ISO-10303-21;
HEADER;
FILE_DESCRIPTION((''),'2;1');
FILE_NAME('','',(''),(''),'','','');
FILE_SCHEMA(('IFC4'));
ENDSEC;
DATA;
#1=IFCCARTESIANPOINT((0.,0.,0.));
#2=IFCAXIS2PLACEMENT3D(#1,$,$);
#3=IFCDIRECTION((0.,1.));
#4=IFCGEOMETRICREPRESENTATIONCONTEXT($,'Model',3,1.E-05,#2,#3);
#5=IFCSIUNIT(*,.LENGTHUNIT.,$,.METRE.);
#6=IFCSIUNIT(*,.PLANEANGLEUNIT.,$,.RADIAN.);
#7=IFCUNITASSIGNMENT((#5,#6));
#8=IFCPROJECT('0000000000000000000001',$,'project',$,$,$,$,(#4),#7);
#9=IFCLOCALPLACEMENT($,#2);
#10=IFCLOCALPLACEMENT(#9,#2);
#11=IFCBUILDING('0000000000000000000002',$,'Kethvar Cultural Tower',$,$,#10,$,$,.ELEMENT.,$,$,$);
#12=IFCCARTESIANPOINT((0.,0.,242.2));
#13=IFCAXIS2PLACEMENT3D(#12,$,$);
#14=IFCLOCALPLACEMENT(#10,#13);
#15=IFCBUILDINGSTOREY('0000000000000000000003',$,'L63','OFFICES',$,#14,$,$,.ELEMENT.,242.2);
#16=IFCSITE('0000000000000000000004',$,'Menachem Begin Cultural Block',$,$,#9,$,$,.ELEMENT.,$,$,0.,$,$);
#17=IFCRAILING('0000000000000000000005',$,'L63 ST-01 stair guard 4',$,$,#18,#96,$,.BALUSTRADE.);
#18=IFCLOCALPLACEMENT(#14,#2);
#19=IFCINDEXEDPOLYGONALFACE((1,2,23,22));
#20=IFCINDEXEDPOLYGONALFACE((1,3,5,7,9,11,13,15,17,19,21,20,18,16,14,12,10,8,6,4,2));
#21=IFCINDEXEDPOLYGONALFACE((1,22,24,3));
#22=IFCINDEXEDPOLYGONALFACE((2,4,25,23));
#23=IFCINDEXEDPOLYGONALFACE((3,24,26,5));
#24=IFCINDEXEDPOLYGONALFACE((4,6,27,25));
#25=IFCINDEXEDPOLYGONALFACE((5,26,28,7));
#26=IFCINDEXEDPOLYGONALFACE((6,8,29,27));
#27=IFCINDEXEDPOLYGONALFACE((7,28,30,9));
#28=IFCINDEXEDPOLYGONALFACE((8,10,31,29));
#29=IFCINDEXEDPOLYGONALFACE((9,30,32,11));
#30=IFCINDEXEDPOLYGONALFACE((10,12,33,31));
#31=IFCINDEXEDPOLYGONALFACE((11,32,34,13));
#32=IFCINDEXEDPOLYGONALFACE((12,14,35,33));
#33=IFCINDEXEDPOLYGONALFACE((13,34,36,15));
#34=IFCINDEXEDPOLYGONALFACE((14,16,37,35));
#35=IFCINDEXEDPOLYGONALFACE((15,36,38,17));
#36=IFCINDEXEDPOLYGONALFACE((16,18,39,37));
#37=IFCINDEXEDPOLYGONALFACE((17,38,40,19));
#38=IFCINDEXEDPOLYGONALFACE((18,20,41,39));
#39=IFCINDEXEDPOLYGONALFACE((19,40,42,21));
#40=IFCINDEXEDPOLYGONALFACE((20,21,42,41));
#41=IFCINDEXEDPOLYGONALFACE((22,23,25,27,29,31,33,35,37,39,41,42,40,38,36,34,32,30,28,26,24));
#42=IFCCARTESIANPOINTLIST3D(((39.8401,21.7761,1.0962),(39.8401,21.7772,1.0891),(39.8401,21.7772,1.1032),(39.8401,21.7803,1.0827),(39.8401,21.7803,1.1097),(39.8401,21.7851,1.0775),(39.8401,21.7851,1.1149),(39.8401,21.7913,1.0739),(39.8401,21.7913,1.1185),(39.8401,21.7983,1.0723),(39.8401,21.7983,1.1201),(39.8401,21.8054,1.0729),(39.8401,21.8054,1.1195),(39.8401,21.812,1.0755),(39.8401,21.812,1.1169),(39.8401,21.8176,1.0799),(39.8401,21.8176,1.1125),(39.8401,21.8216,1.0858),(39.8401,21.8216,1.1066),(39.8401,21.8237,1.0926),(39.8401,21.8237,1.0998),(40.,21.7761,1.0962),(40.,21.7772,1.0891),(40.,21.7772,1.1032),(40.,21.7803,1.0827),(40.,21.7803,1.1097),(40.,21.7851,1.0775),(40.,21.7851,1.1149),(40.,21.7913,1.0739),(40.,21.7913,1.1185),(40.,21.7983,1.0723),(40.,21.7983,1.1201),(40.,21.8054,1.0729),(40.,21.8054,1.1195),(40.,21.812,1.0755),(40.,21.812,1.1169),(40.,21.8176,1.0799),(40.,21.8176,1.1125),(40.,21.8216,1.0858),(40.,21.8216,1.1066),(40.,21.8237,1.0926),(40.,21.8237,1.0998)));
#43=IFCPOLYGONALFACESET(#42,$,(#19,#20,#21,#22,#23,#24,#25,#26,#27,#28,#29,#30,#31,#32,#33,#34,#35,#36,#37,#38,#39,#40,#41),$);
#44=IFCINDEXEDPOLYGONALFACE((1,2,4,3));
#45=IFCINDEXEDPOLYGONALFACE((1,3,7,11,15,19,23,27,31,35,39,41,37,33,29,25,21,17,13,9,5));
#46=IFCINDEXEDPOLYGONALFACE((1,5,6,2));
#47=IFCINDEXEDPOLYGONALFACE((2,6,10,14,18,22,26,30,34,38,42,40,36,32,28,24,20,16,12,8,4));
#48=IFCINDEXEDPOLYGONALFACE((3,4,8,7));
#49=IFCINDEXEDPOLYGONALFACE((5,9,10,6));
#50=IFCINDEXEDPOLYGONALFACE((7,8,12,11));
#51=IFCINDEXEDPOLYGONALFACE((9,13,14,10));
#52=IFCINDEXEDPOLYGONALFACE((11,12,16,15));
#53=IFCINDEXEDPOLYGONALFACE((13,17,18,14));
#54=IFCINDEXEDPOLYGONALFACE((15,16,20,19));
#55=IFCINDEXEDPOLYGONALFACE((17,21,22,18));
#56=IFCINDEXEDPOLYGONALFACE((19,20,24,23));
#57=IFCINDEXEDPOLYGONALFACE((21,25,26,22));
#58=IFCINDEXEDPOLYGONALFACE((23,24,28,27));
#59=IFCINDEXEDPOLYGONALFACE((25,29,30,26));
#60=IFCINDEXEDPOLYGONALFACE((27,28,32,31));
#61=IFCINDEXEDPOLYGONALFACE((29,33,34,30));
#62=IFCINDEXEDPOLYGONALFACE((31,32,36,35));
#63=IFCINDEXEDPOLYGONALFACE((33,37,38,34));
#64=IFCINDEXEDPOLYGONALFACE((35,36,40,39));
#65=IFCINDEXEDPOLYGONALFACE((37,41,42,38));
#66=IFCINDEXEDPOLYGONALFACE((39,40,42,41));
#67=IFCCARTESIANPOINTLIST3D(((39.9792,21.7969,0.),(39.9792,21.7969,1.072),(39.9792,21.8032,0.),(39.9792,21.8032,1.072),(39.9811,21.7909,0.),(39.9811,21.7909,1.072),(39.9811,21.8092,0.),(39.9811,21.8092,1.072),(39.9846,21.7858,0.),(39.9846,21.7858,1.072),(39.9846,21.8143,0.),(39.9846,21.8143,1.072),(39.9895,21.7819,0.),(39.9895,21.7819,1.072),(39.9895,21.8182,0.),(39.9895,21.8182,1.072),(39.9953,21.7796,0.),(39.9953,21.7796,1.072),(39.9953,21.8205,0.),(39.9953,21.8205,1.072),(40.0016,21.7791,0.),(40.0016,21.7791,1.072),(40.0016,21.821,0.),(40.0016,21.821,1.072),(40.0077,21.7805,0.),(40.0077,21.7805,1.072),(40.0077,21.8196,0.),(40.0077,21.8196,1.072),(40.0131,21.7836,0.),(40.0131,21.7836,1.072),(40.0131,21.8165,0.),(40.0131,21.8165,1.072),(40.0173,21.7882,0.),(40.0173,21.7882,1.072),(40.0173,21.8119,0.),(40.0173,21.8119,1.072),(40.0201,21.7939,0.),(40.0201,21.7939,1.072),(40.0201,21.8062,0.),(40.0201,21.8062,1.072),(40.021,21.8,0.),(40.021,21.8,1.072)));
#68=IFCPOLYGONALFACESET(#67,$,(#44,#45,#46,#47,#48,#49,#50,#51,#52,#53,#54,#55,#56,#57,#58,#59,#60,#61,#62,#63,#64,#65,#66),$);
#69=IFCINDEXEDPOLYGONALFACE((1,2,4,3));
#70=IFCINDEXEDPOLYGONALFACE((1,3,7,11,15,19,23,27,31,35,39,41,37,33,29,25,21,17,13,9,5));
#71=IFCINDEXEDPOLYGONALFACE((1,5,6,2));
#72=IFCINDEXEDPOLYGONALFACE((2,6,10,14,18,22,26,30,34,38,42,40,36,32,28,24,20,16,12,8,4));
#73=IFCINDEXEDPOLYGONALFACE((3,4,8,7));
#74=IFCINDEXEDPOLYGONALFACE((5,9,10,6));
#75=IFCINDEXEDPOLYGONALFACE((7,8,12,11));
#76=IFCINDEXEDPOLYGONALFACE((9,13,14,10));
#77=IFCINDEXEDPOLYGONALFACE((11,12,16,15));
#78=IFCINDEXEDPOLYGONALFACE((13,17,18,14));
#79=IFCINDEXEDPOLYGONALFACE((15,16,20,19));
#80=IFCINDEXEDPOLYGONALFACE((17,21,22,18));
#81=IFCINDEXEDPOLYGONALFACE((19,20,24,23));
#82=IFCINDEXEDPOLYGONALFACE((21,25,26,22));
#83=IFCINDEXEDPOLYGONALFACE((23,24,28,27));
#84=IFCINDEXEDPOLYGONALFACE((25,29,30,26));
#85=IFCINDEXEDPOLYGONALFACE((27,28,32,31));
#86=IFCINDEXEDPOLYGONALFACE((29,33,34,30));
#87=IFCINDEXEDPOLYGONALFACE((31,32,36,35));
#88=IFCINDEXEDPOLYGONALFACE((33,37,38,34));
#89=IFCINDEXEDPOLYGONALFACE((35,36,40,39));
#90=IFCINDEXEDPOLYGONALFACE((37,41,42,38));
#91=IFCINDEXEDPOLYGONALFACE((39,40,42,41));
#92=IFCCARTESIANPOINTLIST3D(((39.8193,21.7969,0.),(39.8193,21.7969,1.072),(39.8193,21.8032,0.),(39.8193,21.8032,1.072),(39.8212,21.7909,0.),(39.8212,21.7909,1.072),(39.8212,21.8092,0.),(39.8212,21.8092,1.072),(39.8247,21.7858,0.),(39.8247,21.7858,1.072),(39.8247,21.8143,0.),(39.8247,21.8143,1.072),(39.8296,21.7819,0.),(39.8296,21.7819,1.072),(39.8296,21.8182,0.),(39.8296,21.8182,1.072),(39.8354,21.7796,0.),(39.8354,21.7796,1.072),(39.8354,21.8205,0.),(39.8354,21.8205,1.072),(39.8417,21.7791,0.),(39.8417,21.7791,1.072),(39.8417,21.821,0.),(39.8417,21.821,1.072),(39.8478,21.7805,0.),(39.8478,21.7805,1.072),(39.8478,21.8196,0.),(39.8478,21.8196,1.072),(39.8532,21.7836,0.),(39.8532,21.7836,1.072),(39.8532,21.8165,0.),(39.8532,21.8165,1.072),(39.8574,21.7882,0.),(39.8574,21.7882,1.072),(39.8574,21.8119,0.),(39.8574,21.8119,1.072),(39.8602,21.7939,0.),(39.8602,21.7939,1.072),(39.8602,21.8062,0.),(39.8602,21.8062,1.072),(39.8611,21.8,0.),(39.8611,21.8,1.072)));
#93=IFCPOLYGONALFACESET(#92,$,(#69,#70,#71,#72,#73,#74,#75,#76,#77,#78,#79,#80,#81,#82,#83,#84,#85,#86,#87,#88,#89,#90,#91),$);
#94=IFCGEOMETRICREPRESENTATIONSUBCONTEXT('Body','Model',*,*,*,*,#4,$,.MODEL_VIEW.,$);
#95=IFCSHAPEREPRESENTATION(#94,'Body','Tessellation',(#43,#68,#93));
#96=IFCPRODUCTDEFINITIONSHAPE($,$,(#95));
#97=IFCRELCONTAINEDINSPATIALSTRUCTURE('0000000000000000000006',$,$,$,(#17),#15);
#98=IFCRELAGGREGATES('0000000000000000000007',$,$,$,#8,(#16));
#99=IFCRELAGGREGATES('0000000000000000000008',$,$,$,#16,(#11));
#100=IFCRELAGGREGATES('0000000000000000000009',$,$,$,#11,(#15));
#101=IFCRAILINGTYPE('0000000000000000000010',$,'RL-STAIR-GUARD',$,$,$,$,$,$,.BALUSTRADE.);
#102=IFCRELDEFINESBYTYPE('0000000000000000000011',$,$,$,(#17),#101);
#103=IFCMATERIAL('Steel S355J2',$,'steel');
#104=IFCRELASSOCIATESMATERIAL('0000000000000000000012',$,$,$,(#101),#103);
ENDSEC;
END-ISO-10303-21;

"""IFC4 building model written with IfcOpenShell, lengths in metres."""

from ifc_helpers import new_model, si_unit, direction, frame, origin, origin_2d, place, context, subcontext, project, spatial, circle, extrude, material, type_object, element, save


model = new_model("IFC4")

# Units and contexts
model_context = context("Model", 3, precision=1e-05, world=origin(), true_north=direction((0.0, 1.0)))
body_context = subcontext(model_context, "Body", "Model", "MODEL_VIEW")
ifc_project = project(units=[si_unit("LENGTHUNIT", "METRE"), si_unit("PLANEANGLEUNIT", "RADIAN")], contexts=[model_context])

# Site, building, storey
site_placement = place(None, origin())
site = spatial("IfcSite", under=ifc_project, at=site_placement, Name="Menachem Begin Cultural Block", CompositionType="ELEMENT", RefElevation=0.0)
building_placement = place(site_placement, origin())
building = spatial("IfcBuilding", under=site, at=building_placement, Name="Kethvar Cultural Tower", CompositionType="ELEMENT")
storey_placement = place(building_placement, frame((0.0, 0.0, 242.2)))
storey = spatial("IfcBuildingStorey", under=building, at=storey_placement, Name="L63", Description="OFFICES", CompositionType="ELEMENT", Elevation=242.2)

# Shared definitions
ifc_material_1 = material(Name="Steel S355J2", Category="steel")

# Railing
railing_type_1 = type_object("IfcRailingType", Name="RL-STAIR-GUARD", PredefinedType="BALUSTRADE", material=ifc_material_1)
railing_1_placement = place(storey_placement, frame((40.0, 21.8, 0.0)))
element("IfcRailing", 1, at=railing_1_placement, inside=storey, type_object=railing_type_1, Name="L63 ST-01 stair guard 4", PredefinedType="BALUSTRADE", context=body_context, shape_type="SweptSolid", body=[
    extrude(circle(Radius=0.0239, at=origin_2d()), frame((0.0, 0.0, 1.0962), z_axis=(-1.0, 0.0, 0.0), x_axis=(0.0, -1.0, 0.0)), (0.0, 0.0, 1.0), 0.1599),
    extrude(circle(Radius=0.021, at=origin_2d()), origin(), (0.0, 0.0, 1.0), 1.072),
    extrude(circle(Radius=0.021, at=origin_2d()), frame((-0.1599, 0.0, 0.0)), (0.0, 0.0, 1.0), 1.072),
])

save(model, "model.ifc")
